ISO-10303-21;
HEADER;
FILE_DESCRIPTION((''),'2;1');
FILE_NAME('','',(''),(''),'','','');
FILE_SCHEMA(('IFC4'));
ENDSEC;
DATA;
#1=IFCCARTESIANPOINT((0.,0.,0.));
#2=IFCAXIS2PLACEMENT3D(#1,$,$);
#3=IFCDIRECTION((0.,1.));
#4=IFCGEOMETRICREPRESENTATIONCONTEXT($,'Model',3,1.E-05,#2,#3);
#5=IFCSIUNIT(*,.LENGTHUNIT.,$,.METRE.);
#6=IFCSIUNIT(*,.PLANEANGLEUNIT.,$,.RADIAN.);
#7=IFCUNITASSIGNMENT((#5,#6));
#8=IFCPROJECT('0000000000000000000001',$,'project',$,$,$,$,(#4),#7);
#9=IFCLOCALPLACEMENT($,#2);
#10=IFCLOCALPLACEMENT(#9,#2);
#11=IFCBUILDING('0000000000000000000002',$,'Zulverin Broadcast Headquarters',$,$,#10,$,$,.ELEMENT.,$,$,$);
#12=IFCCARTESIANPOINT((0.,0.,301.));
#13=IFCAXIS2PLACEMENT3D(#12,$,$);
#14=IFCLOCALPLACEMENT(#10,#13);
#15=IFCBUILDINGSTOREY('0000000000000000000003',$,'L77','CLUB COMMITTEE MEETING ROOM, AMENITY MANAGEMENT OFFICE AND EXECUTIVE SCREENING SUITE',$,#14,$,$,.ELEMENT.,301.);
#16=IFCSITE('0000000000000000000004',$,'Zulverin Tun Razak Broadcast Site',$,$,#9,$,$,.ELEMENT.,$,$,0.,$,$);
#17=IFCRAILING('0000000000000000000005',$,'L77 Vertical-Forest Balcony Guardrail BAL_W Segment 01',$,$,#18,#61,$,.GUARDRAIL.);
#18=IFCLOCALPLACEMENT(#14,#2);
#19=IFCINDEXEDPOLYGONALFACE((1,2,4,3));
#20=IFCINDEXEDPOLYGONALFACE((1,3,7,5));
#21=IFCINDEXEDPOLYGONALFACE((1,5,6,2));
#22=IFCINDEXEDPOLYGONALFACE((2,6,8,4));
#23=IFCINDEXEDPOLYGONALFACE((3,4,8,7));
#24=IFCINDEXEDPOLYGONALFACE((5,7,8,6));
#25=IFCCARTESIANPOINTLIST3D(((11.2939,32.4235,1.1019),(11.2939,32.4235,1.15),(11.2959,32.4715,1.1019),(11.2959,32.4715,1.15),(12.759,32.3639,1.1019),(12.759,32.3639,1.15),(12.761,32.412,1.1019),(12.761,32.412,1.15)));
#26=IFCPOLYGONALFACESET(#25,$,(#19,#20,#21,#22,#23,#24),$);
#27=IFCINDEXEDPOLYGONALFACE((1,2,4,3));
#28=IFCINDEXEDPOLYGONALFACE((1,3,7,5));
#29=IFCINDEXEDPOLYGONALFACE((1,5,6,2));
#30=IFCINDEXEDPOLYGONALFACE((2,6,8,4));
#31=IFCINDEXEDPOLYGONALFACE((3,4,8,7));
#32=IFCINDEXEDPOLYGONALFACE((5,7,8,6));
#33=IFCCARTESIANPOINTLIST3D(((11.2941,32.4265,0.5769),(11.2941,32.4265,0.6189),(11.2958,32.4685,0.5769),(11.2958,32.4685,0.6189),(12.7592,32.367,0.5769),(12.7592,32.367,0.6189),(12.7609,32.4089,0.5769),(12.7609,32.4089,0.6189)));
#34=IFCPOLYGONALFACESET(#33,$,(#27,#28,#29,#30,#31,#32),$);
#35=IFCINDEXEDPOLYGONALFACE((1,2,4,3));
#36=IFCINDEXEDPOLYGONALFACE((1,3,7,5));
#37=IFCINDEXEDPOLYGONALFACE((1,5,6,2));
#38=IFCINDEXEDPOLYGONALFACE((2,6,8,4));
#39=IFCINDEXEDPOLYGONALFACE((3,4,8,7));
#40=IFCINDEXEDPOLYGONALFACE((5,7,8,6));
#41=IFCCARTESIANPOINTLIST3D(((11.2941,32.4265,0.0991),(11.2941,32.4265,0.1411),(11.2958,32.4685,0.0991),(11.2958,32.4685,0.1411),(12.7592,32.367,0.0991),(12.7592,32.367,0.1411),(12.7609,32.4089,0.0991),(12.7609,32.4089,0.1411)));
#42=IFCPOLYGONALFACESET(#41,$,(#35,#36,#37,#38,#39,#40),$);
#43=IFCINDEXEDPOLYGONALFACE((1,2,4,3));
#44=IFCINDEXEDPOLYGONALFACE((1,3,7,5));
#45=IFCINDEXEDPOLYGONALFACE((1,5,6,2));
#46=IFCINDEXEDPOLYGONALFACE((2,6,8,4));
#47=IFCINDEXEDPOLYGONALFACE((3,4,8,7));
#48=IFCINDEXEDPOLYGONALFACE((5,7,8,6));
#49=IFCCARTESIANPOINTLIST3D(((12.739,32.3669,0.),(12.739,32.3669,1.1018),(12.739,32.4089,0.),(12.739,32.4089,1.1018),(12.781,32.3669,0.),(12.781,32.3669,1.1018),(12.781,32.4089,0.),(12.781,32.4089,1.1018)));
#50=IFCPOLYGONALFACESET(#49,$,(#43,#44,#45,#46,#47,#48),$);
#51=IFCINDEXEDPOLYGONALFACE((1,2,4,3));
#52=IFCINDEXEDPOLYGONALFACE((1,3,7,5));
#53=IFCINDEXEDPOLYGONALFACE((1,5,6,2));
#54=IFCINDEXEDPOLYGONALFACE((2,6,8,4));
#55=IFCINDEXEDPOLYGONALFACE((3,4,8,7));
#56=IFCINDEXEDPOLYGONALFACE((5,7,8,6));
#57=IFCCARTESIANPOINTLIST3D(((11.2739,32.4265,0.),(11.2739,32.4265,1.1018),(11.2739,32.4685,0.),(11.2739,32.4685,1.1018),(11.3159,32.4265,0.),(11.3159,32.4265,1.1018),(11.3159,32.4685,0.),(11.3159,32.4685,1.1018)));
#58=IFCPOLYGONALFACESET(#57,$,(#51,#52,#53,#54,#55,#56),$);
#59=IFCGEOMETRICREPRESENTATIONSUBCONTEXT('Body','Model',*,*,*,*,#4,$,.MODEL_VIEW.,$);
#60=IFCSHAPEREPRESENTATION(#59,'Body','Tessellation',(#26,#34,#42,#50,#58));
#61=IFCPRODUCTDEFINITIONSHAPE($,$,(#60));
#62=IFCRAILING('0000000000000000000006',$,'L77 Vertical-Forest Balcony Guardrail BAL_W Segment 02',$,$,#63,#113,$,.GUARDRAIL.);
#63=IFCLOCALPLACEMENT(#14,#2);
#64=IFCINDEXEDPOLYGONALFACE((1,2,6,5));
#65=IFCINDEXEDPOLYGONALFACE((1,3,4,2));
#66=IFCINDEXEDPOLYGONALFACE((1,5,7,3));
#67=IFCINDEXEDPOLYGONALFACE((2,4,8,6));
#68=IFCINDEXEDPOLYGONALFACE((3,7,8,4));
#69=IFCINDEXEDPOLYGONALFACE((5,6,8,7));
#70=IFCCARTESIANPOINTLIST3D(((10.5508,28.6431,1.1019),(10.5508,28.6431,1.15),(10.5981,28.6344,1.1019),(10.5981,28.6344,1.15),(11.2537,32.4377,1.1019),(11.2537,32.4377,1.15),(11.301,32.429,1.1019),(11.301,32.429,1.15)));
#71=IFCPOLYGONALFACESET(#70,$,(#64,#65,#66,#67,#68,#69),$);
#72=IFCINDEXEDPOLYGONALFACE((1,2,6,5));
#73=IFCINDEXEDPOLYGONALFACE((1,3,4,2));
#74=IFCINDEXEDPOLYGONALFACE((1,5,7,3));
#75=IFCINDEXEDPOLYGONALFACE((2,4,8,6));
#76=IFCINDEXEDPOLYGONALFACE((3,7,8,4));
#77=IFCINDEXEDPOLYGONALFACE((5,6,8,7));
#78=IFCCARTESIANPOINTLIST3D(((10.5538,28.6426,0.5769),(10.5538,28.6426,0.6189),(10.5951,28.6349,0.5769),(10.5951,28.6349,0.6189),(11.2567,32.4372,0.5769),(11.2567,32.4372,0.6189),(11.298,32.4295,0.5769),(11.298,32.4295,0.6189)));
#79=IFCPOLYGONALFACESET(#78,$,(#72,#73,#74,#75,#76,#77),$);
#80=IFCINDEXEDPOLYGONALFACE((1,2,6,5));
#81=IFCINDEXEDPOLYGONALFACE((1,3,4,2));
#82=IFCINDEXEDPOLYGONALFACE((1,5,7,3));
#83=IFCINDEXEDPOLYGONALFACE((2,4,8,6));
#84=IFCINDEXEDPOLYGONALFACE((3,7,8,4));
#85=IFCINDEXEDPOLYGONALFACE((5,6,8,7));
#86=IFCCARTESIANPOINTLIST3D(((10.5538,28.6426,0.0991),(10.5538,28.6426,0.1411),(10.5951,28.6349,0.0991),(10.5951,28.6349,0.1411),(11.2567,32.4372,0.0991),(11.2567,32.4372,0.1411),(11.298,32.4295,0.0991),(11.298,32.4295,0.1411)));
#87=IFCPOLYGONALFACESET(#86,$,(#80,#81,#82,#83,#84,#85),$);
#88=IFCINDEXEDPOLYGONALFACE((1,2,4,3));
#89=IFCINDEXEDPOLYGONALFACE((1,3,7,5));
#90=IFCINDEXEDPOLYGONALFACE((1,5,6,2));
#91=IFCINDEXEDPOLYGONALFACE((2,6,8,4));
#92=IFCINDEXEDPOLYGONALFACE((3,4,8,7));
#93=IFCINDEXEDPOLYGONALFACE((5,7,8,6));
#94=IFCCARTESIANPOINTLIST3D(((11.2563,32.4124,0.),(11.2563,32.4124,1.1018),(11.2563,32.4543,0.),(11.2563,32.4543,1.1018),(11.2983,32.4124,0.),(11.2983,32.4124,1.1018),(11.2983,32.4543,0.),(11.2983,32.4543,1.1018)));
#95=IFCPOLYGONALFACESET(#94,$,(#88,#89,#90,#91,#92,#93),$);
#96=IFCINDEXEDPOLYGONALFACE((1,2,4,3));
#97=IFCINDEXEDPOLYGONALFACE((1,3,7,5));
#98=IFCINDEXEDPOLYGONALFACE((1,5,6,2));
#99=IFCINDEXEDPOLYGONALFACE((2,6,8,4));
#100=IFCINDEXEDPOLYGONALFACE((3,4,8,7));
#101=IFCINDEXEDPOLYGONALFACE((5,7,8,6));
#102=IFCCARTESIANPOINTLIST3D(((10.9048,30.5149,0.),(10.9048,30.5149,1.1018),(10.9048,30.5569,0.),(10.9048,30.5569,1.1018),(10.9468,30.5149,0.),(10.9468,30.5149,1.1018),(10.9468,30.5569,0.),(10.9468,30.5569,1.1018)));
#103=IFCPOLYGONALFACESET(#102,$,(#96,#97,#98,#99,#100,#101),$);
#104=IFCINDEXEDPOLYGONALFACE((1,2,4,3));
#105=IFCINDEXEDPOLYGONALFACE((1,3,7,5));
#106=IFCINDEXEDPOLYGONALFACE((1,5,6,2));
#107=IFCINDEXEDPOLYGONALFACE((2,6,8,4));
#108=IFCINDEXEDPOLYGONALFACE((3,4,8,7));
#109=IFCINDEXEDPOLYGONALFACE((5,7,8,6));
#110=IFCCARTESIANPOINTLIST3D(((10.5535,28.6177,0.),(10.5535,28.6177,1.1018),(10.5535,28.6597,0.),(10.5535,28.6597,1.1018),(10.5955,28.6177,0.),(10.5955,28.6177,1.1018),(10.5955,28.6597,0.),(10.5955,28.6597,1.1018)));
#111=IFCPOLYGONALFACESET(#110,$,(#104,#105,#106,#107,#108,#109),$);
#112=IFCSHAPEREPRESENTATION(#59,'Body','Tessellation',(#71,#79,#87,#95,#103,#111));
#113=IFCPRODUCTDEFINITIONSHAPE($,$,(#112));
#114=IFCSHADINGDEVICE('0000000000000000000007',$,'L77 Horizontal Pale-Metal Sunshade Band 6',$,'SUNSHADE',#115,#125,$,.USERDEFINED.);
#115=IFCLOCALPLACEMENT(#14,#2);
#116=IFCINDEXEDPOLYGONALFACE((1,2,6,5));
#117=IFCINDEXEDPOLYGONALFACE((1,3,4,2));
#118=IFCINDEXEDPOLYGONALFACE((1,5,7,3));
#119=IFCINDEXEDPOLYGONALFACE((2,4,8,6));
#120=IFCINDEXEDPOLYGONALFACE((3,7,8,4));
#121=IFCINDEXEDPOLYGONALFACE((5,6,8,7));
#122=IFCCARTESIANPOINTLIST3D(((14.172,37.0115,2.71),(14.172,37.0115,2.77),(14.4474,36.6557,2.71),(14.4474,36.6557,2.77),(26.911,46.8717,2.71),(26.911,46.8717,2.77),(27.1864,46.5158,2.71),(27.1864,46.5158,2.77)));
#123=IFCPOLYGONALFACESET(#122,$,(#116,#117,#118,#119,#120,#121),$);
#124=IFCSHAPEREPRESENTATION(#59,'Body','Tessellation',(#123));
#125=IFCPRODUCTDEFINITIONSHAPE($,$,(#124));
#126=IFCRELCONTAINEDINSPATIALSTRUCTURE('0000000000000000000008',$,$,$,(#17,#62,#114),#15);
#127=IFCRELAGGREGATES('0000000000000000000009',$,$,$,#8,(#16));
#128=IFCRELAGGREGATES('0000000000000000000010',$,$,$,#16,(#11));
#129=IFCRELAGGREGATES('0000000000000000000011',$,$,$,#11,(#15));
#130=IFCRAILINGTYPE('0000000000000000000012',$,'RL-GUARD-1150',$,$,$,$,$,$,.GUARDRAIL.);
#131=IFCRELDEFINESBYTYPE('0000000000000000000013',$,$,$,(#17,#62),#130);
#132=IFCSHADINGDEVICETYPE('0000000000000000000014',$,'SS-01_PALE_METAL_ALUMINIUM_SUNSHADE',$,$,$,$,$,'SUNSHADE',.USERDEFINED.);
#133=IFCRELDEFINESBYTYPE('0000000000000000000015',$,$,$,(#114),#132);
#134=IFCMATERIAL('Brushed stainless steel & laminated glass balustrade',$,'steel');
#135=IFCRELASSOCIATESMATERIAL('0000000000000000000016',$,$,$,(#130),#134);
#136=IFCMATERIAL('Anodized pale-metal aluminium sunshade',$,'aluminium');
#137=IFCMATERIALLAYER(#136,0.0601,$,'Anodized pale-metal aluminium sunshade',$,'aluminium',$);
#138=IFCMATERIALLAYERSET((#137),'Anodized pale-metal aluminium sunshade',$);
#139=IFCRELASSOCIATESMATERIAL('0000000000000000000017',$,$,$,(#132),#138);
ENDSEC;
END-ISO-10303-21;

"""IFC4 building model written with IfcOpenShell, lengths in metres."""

from ifc_helpers import new_model, si_unit, direction, frame, origin, origin_2d, place, context, subcontext, project, spatial, rectangle, extrude, material, layer, layer_set, type_object, element, save


model = new_model("IFC4")

# Units and contexts
model_context = context("Model", 3, precision=1e-05, world=origin(), true_north=direction((0.0, 1.0)))
body_context = subcontext(model_context, "Body", "Model", "MODEL_VIEW")
ifc_project = project(units=[si_unit("LENGTHUNIT", "METRE"), si_unit("PLANEANGLEUNIT", "RADIAN")], contexts=[model_context])

# Site, building, storey
site_placement = place(None, origin())
site = spatial("IfcSite", under=ifc_project, at=site_placement, Name="Zulverin Tun Razak Broadcast Site", CompositionType="ELEMENT", RefElevation=0.0)
building_placement = place(site_placement, origin())
building = spatial("IfcBuilding", under=site, at=building_placement, Name="Zulverin Broadcast Headquarters", CompositionType="ELEMENT")
storey_placement = place(building_placement, frame((0.0, 0.0, 301.0)))
storey = spatial("IfcBuildingStorey", under=building, at=storey_placement, Name="L77", Description="CLUB COMMITTEE MEETING ROOM, AMENITY MANAGEMENT OFFICE AND EXECUTIVE SCREENING SUITE", CompositionType="ELEMENT", Elevation=301.0)

# Railings
ifc_material_1 = material(Name="Brushed stainless steel & laminated glass balustrade", Category="steel")
railing_type = type_object("IfcRailingType", Name="RL-GUARD-1150", PredefinedType="GUARDRAIL", material=ifc_material_1)
railing_1_placement = place(storey_placement, frame((12.76, 32.3879, 0.0)))
element("IfcRailing", 1, at=railing_1_placement, inside=storey, type_object=railing_type, Name="L77 Vertical-Forest Balcony Guardrail BAL_W Segment 01", PredefinedType="GUARDRAIL", context=body_context, shape_type="SweptSolid", body=[
    extrude(rectangle(XDim=0.0481, YDim=0.0481, at=origin_2d()), frame((0.0, 0.0, 1.126), z_axis=(-0.999174, 0.040626, 0.0), x_axis=(-0.040626, -0.999174, 0.0)), (0.0, 0.0, 1.0), 1.4663),
    extrude(rectangle(XDim=0.042, YDim=0.042, at=origin_2d()), frame((0.0, 0.0, 0.5979), z_axis=(-0.999174, 0.040626, 0.0), x_axis=(-0.040626, -0.999174, 0.0)), (0.0, 0.0, 1.0), 1.4663),
    extrude(rectangle(XDim=0.042, YDim=0.042, at=origin_2d()), frame((0.0, 0.0, 0.1201), z_axis=(-0.999174, 0.040626, 0.0), x_axis=(-0.040626, -0.999174, 0.0)), (0.0, 0.0, 1.0), 1.4663),
    extrude(rectangle(XDim=0.042, YDim=0.042, at=origin_2d()), origin(), (0.0, 0.0, 1.0), 1.1018),
    extrude(rectangle(XDim=0.042, YDim=0.042, at=origin_2d()), frame((-1.4651, 0.0596, 0.0)), (0.0, 0.0, 1.0), 1.1018),
])
railing_2_placement = place(storey_placement, frame((11.2773, 32.4333, 0.0)))
element("IfcRailing", 2, at=railing_2_placement, inside=storey, type_object=railing_type, Name="L77 Vertical-Forest Balcony Guardrail BAL_W Segment 02", PredefinedType="GUARDRAIL", context=body_context, shape_type="SweptSolid", body=[
    extrude(rectangle(XDim=0.0481, YDim=0.0481, at=origin_2d()), frame((0.0, 0.0, 1.126), z_axis=(-0.18213, -0.983274, 0.0), x_axis=(0.983274, -0.18213, 0.0)), (0.0, 0.0, 1.0), 3.8591),
    extrude(rectangle(XDim=0.042, YDim=0.042, at=origin_2d()), frame((0.0, 0.0, 0.5979), z_axis=(-0.18213, -0.983274, 0.0), x_axis=(0.983274, -0.18213, 0.0)), (0.0, 0.0, 1.0), 3.8591),
    extrude(rectangle(XDim=0.042, YDim=0.042, at=origin_2d()), frame((0.0, 0.0, 0.1201), z_axis=(-0.18213, -0.983274, 0.0), x_axis=(0.983274, -0.18213, 0.0)), (0.0, 0.0, 1.0), 3.8591),
    extrude(rectangle(XDim=0.042, YDim=0.042, at=origin_2d()), origin(), (0.0, 0.0, 1.0), 1.1018),
    extrude(rectangle(XDim=0.042, YDim=0.042, at=origin_2d()), frame((-0.3516, -1.8975, 0.0)), (0.0, 0.0, 1.0), 1.1018),
    extrude(rectangle(XDim=0.042, YDim=0.042, at=origin_2d()), frame((-0.7029, -3.7947, 0.0)), (0.0, 0.0, 1.0), 1.1018),
])

# Shading device
ifc_material_2 = material(Name="Anodized pale-metal aluminium sunshade", Category="aluminium")
ifc_layer_1 = layer(ifc_material_2, 0.0601, Name="Anodized pale-metal aluminium sunshade", Category="aluminium")
ifc_layer_set_1 = layer_set([ifc_layer_1], Name="Anodized pale-metal aluminium sunshade")
shading_device_type = type_object("IfcShadingDeviceType", Name="SS-01_PALE_METAL_ALUMINIUM_SUNSHADE", ElementType="SUNSHADE", PredefinedType="USERDEFINED", material=ifc_layer_set_1)
shading_device_placement = place(storey_placement, frame((20.6792, 41.7637, 2.71), z_axis=(0.0, 0.0, 1.0), x_axis=(-0.790792, -0.612085, 0.0)))
element("IfcShadingDevice", 3, at=shading_device_placement, inside=storey, type_object=shading_device_type, Name="L77 Horizontal Pale-Metal Sunshade Band 6", ObjectType="SUNSHADE", PredefinedType="USERDEFINED", context=body_context, shape_type="SweptSolid", body=[
    extrude(rectangle(XDim=16.1091, YDim=0.45, at=origin_2d()), origin(), (0.0, 0.0, 1.0), 0.0601),
])

save(model, "model.ifc")
